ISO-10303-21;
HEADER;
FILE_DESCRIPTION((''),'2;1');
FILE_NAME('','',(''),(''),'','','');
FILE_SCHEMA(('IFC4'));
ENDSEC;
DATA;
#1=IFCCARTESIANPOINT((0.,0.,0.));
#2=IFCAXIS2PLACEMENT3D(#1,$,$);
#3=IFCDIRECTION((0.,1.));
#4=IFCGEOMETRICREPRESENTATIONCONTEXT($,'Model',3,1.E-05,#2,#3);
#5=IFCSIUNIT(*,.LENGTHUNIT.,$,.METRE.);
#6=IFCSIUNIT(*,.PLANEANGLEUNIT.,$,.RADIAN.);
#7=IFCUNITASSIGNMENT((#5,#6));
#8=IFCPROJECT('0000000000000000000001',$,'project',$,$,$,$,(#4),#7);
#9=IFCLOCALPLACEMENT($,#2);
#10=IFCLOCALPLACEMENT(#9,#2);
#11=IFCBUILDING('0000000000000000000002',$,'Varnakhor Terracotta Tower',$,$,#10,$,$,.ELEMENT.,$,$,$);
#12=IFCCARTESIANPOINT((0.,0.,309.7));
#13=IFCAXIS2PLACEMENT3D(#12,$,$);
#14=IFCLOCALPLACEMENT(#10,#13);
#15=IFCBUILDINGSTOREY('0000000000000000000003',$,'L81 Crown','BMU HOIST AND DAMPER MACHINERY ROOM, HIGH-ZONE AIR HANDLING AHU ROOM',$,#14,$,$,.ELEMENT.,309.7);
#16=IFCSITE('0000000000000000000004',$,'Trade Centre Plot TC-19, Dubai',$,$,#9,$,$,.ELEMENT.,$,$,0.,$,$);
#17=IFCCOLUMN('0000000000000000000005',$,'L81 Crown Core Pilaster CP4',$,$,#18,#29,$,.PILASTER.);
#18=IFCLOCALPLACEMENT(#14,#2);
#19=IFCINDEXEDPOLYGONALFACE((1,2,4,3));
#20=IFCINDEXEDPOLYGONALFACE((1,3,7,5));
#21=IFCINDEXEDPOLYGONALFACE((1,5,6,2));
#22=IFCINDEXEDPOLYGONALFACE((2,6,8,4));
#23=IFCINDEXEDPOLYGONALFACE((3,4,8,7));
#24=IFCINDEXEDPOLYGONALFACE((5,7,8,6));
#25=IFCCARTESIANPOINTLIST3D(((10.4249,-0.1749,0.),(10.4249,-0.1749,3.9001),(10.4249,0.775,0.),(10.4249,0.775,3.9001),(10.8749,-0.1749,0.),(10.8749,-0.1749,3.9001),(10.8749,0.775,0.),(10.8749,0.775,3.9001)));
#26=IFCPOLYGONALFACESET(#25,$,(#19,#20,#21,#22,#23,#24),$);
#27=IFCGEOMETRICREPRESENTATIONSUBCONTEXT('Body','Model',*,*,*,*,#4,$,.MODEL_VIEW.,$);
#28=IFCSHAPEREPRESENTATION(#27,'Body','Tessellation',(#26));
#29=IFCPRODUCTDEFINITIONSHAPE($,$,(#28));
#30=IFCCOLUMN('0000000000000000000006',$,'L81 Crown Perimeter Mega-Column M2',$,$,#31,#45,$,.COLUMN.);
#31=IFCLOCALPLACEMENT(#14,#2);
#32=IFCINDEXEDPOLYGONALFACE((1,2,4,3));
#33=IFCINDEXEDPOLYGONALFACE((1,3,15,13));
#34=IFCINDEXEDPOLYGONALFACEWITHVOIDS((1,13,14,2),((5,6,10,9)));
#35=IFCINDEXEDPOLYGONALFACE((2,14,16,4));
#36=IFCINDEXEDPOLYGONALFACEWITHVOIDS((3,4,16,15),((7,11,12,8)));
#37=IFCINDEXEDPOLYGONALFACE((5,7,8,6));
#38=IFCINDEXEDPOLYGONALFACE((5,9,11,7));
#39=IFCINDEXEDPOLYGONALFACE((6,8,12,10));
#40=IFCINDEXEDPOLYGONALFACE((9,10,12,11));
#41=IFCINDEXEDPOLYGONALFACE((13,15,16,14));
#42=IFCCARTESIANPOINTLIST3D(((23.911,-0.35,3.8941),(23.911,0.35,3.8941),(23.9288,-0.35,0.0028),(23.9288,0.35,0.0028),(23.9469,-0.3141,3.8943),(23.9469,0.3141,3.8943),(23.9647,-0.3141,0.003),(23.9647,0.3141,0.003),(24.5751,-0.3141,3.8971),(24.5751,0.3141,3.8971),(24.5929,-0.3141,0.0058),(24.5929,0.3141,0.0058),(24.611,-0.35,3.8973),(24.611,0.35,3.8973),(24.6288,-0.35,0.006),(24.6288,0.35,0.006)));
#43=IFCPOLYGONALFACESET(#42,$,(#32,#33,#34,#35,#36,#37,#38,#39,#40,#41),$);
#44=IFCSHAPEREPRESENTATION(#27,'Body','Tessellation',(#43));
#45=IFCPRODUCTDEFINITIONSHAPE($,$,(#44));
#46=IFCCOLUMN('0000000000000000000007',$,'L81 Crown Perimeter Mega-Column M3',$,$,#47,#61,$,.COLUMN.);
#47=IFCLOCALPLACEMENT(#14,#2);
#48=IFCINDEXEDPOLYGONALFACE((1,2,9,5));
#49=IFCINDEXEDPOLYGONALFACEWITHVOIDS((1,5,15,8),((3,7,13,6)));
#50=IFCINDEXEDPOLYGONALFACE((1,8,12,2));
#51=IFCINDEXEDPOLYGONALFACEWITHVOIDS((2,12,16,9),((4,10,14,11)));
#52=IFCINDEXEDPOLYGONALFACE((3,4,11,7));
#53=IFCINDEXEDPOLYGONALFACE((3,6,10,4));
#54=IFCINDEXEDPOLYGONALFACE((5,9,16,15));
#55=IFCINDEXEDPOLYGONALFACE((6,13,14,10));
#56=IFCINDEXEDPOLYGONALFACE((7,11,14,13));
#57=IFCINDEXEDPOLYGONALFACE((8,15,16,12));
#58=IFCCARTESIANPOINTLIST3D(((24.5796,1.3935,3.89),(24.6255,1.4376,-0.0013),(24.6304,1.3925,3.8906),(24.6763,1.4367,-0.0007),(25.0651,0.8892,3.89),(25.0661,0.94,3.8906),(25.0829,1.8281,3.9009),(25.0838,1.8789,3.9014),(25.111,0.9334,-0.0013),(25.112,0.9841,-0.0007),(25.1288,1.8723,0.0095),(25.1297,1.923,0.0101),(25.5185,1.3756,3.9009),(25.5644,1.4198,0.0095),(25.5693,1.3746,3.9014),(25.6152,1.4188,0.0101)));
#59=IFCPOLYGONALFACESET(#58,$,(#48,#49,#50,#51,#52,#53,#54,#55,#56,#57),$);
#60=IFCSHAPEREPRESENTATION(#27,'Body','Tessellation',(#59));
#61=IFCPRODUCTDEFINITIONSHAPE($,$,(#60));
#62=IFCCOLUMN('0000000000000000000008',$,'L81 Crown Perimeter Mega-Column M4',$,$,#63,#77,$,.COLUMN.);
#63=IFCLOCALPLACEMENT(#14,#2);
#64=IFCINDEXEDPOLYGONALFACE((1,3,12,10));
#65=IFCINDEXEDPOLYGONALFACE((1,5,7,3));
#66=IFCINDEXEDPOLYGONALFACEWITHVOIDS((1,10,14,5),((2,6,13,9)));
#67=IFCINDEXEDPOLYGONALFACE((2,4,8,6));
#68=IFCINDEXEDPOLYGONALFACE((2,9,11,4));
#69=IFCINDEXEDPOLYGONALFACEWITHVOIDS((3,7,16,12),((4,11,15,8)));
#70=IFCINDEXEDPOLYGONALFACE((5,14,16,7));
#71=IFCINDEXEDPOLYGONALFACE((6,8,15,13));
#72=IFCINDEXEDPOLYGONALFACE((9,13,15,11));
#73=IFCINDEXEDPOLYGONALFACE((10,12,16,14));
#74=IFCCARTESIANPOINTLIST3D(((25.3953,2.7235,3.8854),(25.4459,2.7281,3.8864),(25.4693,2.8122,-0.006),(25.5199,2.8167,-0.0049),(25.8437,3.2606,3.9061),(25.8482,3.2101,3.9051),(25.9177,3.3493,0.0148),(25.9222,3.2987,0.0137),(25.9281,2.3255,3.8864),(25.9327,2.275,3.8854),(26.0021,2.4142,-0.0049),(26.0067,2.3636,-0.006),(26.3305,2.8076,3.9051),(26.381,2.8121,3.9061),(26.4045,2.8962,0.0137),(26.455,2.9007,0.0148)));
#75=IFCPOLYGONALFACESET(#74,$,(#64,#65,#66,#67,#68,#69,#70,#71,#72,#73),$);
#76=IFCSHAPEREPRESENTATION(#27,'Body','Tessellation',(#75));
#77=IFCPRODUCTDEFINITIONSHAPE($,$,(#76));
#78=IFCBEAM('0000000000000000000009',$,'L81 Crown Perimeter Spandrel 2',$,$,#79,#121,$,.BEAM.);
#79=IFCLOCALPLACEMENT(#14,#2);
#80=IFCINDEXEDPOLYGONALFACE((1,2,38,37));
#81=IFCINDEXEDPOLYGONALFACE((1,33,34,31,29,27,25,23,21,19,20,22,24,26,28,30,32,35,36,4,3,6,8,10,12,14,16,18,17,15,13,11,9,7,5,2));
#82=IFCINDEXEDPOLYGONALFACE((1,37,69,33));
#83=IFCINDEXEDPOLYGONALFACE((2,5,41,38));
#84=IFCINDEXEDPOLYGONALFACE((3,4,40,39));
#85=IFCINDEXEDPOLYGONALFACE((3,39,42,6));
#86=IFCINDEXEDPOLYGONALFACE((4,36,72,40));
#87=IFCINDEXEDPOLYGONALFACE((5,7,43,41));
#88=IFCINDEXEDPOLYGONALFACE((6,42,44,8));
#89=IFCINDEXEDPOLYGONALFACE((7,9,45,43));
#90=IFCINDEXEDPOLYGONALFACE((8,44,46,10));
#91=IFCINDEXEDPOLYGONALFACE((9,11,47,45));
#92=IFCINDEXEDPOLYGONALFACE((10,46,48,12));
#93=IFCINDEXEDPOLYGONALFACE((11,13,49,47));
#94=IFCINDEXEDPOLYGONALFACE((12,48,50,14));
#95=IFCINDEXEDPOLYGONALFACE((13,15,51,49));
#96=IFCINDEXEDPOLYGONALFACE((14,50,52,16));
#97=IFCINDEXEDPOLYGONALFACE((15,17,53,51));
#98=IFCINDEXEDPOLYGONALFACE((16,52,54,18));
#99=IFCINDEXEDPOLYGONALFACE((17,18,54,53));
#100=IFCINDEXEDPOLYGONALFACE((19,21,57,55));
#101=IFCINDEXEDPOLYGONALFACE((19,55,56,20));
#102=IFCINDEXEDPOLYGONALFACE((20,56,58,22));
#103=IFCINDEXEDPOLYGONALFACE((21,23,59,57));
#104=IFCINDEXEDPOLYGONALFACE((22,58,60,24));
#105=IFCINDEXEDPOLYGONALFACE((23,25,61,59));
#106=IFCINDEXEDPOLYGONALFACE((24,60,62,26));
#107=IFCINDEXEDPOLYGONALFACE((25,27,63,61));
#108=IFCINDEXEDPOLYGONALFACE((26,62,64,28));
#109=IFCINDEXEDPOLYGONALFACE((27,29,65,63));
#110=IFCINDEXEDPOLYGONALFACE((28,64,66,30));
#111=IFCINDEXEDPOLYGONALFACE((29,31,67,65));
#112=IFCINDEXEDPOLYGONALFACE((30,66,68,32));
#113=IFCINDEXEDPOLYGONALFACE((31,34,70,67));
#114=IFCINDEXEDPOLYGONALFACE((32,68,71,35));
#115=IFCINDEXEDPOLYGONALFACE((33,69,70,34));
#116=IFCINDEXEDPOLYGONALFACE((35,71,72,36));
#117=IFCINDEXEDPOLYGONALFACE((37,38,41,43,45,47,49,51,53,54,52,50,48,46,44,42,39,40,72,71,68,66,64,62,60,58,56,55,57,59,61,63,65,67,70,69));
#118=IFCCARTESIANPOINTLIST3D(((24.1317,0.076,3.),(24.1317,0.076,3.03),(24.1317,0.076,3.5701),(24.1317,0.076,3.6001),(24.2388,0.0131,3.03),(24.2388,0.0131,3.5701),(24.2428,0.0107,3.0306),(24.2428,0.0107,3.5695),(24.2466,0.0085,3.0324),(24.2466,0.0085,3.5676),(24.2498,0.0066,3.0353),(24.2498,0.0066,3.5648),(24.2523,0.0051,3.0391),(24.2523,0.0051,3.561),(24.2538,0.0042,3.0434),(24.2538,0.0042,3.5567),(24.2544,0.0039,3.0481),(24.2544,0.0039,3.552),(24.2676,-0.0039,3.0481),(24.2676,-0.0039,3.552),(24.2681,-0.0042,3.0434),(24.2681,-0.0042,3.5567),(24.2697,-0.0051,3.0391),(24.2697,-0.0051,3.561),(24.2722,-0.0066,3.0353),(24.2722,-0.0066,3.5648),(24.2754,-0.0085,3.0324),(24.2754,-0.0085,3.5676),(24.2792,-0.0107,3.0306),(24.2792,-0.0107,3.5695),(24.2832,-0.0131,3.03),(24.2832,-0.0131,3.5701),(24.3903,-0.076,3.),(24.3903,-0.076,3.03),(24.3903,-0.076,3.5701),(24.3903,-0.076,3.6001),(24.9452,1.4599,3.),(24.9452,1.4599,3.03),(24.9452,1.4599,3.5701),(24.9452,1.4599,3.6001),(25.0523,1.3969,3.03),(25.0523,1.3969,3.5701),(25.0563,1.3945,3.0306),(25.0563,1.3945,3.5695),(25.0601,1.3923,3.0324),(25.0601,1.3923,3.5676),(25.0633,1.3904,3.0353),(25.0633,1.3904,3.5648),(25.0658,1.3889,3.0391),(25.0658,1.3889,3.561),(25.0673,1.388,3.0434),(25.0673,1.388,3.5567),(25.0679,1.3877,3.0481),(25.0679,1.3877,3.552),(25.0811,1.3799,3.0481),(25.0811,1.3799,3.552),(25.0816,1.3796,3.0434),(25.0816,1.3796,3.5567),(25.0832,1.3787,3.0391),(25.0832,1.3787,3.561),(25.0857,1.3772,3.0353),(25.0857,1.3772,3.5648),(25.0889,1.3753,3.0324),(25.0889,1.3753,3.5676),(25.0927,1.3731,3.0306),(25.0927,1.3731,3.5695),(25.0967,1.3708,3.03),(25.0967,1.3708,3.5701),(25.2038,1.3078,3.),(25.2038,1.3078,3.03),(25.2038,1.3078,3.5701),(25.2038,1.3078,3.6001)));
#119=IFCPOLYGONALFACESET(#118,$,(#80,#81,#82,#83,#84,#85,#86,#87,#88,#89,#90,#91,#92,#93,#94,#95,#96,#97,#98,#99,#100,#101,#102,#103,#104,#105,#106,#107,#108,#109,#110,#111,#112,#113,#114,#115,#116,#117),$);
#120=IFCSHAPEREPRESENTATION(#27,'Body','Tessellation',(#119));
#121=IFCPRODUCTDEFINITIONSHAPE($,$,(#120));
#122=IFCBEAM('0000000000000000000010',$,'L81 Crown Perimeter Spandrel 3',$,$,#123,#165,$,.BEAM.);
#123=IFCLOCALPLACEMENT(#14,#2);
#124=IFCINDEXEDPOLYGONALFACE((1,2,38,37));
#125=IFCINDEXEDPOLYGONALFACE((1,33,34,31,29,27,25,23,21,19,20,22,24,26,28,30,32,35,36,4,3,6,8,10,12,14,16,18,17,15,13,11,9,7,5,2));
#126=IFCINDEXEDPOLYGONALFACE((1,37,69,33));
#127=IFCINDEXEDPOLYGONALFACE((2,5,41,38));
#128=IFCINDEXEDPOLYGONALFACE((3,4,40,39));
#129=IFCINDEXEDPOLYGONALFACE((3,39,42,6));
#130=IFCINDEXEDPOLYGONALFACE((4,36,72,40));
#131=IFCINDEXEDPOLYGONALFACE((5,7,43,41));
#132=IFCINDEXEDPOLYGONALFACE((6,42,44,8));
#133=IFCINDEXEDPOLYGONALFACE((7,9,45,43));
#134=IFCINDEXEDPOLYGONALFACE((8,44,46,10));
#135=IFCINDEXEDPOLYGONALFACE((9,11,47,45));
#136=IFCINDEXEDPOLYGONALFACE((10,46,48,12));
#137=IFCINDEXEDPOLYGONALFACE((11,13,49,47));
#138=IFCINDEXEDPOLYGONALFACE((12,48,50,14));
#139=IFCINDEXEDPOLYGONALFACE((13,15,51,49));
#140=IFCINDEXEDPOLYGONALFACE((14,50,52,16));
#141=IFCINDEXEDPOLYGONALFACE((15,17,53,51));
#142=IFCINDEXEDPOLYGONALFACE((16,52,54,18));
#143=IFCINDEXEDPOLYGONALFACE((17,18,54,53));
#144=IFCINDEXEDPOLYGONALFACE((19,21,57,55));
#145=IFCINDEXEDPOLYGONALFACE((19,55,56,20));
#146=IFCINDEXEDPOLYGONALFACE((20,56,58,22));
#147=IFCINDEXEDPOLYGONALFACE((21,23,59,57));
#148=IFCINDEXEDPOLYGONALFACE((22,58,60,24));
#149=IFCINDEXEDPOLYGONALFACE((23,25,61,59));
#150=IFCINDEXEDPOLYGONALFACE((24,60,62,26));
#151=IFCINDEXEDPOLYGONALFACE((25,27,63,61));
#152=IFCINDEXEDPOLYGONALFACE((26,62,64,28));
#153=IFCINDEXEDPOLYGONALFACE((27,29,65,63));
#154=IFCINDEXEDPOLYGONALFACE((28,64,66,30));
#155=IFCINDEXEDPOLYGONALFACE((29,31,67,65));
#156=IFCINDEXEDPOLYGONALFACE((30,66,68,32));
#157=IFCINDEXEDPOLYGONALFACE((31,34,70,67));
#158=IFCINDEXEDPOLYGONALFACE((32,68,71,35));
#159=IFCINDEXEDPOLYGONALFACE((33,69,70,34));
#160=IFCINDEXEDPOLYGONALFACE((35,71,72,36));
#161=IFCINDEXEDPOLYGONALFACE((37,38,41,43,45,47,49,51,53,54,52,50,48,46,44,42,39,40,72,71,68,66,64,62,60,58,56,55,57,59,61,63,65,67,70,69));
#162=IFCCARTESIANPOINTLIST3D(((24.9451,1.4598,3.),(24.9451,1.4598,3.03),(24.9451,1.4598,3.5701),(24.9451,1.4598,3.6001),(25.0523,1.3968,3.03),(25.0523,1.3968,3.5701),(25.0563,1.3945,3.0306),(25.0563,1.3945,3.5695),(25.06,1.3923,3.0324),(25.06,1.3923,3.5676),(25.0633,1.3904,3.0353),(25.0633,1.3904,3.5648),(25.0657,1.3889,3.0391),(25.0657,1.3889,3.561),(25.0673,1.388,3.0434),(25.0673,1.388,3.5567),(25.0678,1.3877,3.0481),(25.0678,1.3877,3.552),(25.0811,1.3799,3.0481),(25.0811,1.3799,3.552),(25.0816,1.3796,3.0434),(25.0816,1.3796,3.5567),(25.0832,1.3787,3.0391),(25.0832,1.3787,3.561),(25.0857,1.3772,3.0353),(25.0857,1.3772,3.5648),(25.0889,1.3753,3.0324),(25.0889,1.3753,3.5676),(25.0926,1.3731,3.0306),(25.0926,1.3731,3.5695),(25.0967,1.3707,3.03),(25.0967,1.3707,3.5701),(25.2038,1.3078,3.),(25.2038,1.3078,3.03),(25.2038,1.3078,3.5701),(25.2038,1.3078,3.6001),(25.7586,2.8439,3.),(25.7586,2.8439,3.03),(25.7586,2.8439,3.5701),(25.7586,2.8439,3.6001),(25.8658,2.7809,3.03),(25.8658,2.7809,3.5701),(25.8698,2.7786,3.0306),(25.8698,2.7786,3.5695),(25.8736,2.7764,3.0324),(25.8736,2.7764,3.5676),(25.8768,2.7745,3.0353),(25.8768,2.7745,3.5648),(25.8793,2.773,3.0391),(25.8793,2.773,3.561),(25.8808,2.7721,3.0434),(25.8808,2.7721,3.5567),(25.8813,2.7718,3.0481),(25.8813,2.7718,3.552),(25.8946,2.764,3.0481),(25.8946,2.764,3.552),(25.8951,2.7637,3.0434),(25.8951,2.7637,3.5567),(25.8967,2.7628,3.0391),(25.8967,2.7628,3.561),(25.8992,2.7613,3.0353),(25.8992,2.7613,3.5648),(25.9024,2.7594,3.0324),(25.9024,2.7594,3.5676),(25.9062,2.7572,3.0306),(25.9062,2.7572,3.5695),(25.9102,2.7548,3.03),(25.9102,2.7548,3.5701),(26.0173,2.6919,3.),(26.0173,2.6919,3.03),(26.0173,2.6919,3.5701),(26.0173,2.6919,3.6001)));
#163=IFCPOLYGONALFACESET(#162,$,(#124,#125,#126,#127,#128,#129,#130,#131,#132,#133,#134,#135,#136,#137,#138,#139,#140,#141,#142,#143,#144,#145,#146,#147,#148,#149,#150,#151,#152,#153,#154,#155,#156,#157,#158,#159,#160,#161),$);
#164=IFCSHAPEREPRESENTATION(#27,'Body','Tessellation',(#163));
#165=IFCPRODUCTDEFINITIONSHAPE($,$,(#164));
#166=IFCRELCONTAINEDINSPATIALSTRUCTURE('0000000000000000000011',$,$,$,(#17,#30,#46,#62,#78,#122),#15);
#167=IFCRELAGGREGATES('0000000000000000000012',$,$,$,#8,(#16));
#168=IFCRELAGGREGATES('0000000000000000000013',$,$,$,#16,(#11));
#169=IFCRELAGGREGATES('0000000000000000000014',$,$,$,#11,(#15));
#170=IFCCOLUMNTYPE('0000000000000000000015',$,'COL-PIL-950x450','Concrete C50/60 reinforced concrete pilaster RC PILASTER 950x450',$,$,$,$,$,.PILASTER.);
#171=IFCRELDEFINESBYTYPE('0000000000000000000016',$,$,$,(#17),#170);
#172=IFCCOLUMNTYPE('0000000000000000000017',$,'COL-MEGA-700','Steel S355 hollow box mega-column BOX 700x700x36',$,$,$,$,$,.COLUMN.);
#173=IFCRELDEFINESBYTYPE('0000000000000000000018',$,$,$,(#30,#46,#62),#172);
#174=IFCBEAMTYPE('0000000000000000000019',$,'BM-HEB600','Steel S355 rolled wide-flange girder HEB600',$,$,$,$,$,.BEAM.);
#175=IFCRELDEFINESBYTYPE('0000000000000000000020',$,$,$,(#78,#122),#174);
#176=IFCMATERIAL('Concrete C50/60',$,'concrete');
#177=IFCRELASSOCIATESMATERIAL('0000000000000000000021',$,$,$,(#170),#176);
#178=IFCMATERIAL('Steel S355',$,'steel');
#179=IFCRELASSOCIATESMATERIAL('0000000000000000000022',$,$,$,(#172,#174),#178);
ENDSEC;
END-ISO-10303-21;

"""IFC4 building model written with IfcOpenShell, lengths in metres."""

from ifc_helpers import new_model, si_unit, direction, frame, origin, origin_2d, place, context, subcontext, project, spatial, rectangle, hollow_rectangle, i_section, extrude, source, transform, mapped, material, material_profile, profile_set, type_object, element, save


model = new_model("IFC4")

# Units and contexts
model_context = context("Model", 3, precision=1e-05, world=origin(), true_north=direction((0.0, 1.0)))
body_context = subcontext(model_context, "Body", "Model", "MODEL_VIEW")
ifc_project = project(units=[si_unit("LENGTHUNIT", "METRE"), si_unit("PLANEANGLEUNIT", "RADIAN")], contexts=[model_context])

# Site, building, storey
site_placement = place(None, origin())
site = spatial("IfcSite", under=ifc_project, at=site_placement, Name="Trade Centre Plot TC-19, Dubai", CompositionType="ELEMENT", RefElevation=0.0)
building_placement = place(site_placement, origin())
building = spatial("IfcBuilding", under=site, at=building_placement, Name="Varnakhor Terracotta Tower", CompositionType="ELEMENT")
storey_placement = place(building_placement, frame((0.0, 0.0, 309.7)))
storey = spatial("IfcBuildingStorey", under=building, at=storey_placement, Name="L81 Crown", Description="BMU HOIST AND DAMPER MACHINERY ROOM, HIGH-ZONE AIR HANDLING AHU ROOM", CompositionType="ELEMENT", Elevation=309.7)

# Columns
ifc_material_1 = material(Name="Concrete C50/60", Category="concrete")
ifc_material_profile_1 = material_profile(ifc_material_1, rectangle(XDim=0.45, YDim=0.95, at=origin_2d()), Name="RC PILASTER 950x450")
ifc_profile_set_1 = profile_set([ifc_material_profile_1], Name="Concrete C50/60")
column_type_1 = type_object("IfcColumnType", Name="COL-PIL-950x450", Description="Concrete C50/60 reinforced concrete pilaster RC PILASTER 950x450", PredefinedType="PILASTER", material=ifc_profile_set_1)
shared_shape_1 = source(origin(), body_context, "Body", "SweptSolid", [
    extrude(rectangle(XDim=0.45, YDim=0.95, at=origin_2d()), origin(), (0.0, 0.0, 1.0), 3.9001),
])
column_1_placement = place(storey_placement, frame((10.6499, 0.3, 0.0), z_axis=(0.0, 0.0, 1.0), x_axis=(1.0, 0.0, 0.0)))
element("IfcColumn", 1, at=column_1_placement, inside=storey, type_object=column_type_1, Name="L81 Crown Core Pilaster CP4", PredefinedType="PILASTER", context=body_context, shape_type="MappedRepresentation", body=[
    mapped(shared_shape_1, transform((0.0, 0.0, 0.0), scale=1.0)),
])
ifc_material_2 = material(Name="Steel S355", Category="steel")
ifc_material_profile_2 = material_profile(ifc_material_2, hollow_rectangle(XDim=0.7, YDim=0.7, WallThickness=0.0359, at=origin_2d()), Name="BOX 700x700x36")
ifc_profile_set_2 = profile_set([ifc_material_profile_2], Name="Steel S355")
column_type_2 = type_object("IfcColumnType", Name="COL-MEGA-700", Description="Steel S355 hollow box mega-column BOX 700x700x36", PredefinedType="COLUMN", material=ifc_profile_set_2)
shared_shape_2 = source(origin(), body_context, "Body", "SweptSolid", [
    extrude(hollow_rectangle(XDim=0.7, YDim=0.7, WallThickness=0.0359, at=origin_2d()), origin(), (0.0, 0.0, 1.0), 3.8914),
])
column_2_placement = place(storey_placement, frame((24.2788, 0.0, 0.0044), z_axis=(-0.00458, 0.0, 0.99999), x_axis=(0.0, -1.0, 0.0)))
element("IfcColumn", 2, at=column_2_placement, inside=storey, type_object=column_type_2, Name="L81 Crown Perimeter Mega-Column M2", PredefinedType="COLUMN", context=body_context, shape_type="MappedRepresentation", body=[
    mapped(shared_shape_2, transform((0.0, 0.0, 0.0), scale=1.0)),
])
shared_shape_3 = source(origin(), body_context, "Body", "SweptSolid", [
    extrude(hollow_rectangle(XDim=0.7, YDim=0.7, WallThickness=0.0359, at=origin_2d()), origin(), (0.0, 0.0, 1.0), 3.8918),
])
column_3_placement = place(storey_placement, frame((25.1204, 1.4282, 0.0044), z_axis=(-0.011793, -0.011354, 0.999866), x_axis=(0.693568, -0.720391, 0.0)))
element("IfcColumn", 3, at=column_3_placement, inside=storey, type_object=column_type_2, Name="L81 Crown Perimeter Mega-Column M3", PredefinedType="COLUMN", context=body_context, shape_type="MappedRepresentation", body=[
    mapped(shared_shape_3, transform((0.0, 0.0, 0.0), scale=1.0)),
])
shared_shape_4 = source(origin(), body_context, "Body", "SweptSolid", [
    extrude(hollow_rectangle(XDim=0.7, YDim=0.7, WallThickness=0.0359, at=origin_2d()), origin(), (0.0, 0.0, 1.0), 3.8931),
])
column_4_placement = place(storey_placement, frame((25.9622, 2.8564, 0.0044), z_axis=(-0.019002, -0.022764, 0.99956), x_axis=(0.767701, -0.640808, 0.0)))
element("IfcColumn", 4, at=column_4_placement, inside=storey, type_object=column_type_2, Name="L81 Crown Perimeter Mega-Column M4", PredefinedType="COLUMN", context=body_context, shape_type="MappedRepresentation", body=[
    mapped(shared_shape_4, transform((0.0, 0.0, 0.0), scale=1.0)),
])

# Beams
ifc_material_profile_3 = material_profile(ifc_material_2, i_section(OverallWidth=0.3, OverallDepth=0.6001, WebThickness=0.0154, FlangeThickness=0.03, FilletRadius=0.0181, at=origin_2d()), Name="HEB600")
ifc_profile_set_3 = profile_set([ifc_material_profile_3], Name="Steel S355")
beam_type = type_object("IfcBeamType", Name="BM-HEB600", Description="Steel S355 rolled wide-flange girder HEB600", PredefinedType="BEAM", material=ifc_profile_set_3)
shared_shape_5 = source(origin(), body_context, "Body", "SweptSolid", [
    extrude(i_section(OverallWidth=0.3, OverallDepth=0.6001, WebThickness=0.0154, FlangeThickness=0.03, FilletRadius=0.0181, at=origin_2d()), origin(), (0.0, 0.0, 1.0), 1.6052),
])
beam_1_placement = place(storey_placement, frame((24.261, 0.0, 3.3), z_axis=(0.506781, 0.862075, 0.0), x_axis=(-0.862075, 0.506781, 0.0)))
element("IfcBeam", 5, at=beam_1_placement, inside=storey, type_object=beam_type, Name="L81 Crown Perimeter Spandrel 2", PredefinedType="BEAM", context=body_context, shape_type="MappedRepresentation", body=[
    mapped(shared_shape_5, transform((0.0, 0.0, 0.0), scale=1.0)),
])
shared_shape_6 = source(origin(), body_context, "Body", "SweptSolid", [
    extrude(i_section(OverallWidth=0.3, OverallDepth=0.6001, WebThickness=0.0154, FlangeThickness=0.03, FilletRadius=0.0181, at=origin_2d()), origin(), (0.0, 0.0, 1.0), 1.6055),
])
beam_2_placement = place(storey_placement, frame((25.0745, 1.3838, 3.3), z_axis=(0.506714, 0.862114, 0.0), x_axis=(-0.862114, 0.506714, 0.0)))
element("IfcBeam", 6, at=beam_2_placement, inside=storey, type_object=beam_type, Name="L81 Crown Perimeter Spandrel 3", PredefinedType="BEAM", context=body_context, shape_type="MappedRepresentation", body=[
    mapped(shared_shape_6, transform((0.0, 0.0, 0.0), scale=1.0)),
])

save(model, "model.ifc")
